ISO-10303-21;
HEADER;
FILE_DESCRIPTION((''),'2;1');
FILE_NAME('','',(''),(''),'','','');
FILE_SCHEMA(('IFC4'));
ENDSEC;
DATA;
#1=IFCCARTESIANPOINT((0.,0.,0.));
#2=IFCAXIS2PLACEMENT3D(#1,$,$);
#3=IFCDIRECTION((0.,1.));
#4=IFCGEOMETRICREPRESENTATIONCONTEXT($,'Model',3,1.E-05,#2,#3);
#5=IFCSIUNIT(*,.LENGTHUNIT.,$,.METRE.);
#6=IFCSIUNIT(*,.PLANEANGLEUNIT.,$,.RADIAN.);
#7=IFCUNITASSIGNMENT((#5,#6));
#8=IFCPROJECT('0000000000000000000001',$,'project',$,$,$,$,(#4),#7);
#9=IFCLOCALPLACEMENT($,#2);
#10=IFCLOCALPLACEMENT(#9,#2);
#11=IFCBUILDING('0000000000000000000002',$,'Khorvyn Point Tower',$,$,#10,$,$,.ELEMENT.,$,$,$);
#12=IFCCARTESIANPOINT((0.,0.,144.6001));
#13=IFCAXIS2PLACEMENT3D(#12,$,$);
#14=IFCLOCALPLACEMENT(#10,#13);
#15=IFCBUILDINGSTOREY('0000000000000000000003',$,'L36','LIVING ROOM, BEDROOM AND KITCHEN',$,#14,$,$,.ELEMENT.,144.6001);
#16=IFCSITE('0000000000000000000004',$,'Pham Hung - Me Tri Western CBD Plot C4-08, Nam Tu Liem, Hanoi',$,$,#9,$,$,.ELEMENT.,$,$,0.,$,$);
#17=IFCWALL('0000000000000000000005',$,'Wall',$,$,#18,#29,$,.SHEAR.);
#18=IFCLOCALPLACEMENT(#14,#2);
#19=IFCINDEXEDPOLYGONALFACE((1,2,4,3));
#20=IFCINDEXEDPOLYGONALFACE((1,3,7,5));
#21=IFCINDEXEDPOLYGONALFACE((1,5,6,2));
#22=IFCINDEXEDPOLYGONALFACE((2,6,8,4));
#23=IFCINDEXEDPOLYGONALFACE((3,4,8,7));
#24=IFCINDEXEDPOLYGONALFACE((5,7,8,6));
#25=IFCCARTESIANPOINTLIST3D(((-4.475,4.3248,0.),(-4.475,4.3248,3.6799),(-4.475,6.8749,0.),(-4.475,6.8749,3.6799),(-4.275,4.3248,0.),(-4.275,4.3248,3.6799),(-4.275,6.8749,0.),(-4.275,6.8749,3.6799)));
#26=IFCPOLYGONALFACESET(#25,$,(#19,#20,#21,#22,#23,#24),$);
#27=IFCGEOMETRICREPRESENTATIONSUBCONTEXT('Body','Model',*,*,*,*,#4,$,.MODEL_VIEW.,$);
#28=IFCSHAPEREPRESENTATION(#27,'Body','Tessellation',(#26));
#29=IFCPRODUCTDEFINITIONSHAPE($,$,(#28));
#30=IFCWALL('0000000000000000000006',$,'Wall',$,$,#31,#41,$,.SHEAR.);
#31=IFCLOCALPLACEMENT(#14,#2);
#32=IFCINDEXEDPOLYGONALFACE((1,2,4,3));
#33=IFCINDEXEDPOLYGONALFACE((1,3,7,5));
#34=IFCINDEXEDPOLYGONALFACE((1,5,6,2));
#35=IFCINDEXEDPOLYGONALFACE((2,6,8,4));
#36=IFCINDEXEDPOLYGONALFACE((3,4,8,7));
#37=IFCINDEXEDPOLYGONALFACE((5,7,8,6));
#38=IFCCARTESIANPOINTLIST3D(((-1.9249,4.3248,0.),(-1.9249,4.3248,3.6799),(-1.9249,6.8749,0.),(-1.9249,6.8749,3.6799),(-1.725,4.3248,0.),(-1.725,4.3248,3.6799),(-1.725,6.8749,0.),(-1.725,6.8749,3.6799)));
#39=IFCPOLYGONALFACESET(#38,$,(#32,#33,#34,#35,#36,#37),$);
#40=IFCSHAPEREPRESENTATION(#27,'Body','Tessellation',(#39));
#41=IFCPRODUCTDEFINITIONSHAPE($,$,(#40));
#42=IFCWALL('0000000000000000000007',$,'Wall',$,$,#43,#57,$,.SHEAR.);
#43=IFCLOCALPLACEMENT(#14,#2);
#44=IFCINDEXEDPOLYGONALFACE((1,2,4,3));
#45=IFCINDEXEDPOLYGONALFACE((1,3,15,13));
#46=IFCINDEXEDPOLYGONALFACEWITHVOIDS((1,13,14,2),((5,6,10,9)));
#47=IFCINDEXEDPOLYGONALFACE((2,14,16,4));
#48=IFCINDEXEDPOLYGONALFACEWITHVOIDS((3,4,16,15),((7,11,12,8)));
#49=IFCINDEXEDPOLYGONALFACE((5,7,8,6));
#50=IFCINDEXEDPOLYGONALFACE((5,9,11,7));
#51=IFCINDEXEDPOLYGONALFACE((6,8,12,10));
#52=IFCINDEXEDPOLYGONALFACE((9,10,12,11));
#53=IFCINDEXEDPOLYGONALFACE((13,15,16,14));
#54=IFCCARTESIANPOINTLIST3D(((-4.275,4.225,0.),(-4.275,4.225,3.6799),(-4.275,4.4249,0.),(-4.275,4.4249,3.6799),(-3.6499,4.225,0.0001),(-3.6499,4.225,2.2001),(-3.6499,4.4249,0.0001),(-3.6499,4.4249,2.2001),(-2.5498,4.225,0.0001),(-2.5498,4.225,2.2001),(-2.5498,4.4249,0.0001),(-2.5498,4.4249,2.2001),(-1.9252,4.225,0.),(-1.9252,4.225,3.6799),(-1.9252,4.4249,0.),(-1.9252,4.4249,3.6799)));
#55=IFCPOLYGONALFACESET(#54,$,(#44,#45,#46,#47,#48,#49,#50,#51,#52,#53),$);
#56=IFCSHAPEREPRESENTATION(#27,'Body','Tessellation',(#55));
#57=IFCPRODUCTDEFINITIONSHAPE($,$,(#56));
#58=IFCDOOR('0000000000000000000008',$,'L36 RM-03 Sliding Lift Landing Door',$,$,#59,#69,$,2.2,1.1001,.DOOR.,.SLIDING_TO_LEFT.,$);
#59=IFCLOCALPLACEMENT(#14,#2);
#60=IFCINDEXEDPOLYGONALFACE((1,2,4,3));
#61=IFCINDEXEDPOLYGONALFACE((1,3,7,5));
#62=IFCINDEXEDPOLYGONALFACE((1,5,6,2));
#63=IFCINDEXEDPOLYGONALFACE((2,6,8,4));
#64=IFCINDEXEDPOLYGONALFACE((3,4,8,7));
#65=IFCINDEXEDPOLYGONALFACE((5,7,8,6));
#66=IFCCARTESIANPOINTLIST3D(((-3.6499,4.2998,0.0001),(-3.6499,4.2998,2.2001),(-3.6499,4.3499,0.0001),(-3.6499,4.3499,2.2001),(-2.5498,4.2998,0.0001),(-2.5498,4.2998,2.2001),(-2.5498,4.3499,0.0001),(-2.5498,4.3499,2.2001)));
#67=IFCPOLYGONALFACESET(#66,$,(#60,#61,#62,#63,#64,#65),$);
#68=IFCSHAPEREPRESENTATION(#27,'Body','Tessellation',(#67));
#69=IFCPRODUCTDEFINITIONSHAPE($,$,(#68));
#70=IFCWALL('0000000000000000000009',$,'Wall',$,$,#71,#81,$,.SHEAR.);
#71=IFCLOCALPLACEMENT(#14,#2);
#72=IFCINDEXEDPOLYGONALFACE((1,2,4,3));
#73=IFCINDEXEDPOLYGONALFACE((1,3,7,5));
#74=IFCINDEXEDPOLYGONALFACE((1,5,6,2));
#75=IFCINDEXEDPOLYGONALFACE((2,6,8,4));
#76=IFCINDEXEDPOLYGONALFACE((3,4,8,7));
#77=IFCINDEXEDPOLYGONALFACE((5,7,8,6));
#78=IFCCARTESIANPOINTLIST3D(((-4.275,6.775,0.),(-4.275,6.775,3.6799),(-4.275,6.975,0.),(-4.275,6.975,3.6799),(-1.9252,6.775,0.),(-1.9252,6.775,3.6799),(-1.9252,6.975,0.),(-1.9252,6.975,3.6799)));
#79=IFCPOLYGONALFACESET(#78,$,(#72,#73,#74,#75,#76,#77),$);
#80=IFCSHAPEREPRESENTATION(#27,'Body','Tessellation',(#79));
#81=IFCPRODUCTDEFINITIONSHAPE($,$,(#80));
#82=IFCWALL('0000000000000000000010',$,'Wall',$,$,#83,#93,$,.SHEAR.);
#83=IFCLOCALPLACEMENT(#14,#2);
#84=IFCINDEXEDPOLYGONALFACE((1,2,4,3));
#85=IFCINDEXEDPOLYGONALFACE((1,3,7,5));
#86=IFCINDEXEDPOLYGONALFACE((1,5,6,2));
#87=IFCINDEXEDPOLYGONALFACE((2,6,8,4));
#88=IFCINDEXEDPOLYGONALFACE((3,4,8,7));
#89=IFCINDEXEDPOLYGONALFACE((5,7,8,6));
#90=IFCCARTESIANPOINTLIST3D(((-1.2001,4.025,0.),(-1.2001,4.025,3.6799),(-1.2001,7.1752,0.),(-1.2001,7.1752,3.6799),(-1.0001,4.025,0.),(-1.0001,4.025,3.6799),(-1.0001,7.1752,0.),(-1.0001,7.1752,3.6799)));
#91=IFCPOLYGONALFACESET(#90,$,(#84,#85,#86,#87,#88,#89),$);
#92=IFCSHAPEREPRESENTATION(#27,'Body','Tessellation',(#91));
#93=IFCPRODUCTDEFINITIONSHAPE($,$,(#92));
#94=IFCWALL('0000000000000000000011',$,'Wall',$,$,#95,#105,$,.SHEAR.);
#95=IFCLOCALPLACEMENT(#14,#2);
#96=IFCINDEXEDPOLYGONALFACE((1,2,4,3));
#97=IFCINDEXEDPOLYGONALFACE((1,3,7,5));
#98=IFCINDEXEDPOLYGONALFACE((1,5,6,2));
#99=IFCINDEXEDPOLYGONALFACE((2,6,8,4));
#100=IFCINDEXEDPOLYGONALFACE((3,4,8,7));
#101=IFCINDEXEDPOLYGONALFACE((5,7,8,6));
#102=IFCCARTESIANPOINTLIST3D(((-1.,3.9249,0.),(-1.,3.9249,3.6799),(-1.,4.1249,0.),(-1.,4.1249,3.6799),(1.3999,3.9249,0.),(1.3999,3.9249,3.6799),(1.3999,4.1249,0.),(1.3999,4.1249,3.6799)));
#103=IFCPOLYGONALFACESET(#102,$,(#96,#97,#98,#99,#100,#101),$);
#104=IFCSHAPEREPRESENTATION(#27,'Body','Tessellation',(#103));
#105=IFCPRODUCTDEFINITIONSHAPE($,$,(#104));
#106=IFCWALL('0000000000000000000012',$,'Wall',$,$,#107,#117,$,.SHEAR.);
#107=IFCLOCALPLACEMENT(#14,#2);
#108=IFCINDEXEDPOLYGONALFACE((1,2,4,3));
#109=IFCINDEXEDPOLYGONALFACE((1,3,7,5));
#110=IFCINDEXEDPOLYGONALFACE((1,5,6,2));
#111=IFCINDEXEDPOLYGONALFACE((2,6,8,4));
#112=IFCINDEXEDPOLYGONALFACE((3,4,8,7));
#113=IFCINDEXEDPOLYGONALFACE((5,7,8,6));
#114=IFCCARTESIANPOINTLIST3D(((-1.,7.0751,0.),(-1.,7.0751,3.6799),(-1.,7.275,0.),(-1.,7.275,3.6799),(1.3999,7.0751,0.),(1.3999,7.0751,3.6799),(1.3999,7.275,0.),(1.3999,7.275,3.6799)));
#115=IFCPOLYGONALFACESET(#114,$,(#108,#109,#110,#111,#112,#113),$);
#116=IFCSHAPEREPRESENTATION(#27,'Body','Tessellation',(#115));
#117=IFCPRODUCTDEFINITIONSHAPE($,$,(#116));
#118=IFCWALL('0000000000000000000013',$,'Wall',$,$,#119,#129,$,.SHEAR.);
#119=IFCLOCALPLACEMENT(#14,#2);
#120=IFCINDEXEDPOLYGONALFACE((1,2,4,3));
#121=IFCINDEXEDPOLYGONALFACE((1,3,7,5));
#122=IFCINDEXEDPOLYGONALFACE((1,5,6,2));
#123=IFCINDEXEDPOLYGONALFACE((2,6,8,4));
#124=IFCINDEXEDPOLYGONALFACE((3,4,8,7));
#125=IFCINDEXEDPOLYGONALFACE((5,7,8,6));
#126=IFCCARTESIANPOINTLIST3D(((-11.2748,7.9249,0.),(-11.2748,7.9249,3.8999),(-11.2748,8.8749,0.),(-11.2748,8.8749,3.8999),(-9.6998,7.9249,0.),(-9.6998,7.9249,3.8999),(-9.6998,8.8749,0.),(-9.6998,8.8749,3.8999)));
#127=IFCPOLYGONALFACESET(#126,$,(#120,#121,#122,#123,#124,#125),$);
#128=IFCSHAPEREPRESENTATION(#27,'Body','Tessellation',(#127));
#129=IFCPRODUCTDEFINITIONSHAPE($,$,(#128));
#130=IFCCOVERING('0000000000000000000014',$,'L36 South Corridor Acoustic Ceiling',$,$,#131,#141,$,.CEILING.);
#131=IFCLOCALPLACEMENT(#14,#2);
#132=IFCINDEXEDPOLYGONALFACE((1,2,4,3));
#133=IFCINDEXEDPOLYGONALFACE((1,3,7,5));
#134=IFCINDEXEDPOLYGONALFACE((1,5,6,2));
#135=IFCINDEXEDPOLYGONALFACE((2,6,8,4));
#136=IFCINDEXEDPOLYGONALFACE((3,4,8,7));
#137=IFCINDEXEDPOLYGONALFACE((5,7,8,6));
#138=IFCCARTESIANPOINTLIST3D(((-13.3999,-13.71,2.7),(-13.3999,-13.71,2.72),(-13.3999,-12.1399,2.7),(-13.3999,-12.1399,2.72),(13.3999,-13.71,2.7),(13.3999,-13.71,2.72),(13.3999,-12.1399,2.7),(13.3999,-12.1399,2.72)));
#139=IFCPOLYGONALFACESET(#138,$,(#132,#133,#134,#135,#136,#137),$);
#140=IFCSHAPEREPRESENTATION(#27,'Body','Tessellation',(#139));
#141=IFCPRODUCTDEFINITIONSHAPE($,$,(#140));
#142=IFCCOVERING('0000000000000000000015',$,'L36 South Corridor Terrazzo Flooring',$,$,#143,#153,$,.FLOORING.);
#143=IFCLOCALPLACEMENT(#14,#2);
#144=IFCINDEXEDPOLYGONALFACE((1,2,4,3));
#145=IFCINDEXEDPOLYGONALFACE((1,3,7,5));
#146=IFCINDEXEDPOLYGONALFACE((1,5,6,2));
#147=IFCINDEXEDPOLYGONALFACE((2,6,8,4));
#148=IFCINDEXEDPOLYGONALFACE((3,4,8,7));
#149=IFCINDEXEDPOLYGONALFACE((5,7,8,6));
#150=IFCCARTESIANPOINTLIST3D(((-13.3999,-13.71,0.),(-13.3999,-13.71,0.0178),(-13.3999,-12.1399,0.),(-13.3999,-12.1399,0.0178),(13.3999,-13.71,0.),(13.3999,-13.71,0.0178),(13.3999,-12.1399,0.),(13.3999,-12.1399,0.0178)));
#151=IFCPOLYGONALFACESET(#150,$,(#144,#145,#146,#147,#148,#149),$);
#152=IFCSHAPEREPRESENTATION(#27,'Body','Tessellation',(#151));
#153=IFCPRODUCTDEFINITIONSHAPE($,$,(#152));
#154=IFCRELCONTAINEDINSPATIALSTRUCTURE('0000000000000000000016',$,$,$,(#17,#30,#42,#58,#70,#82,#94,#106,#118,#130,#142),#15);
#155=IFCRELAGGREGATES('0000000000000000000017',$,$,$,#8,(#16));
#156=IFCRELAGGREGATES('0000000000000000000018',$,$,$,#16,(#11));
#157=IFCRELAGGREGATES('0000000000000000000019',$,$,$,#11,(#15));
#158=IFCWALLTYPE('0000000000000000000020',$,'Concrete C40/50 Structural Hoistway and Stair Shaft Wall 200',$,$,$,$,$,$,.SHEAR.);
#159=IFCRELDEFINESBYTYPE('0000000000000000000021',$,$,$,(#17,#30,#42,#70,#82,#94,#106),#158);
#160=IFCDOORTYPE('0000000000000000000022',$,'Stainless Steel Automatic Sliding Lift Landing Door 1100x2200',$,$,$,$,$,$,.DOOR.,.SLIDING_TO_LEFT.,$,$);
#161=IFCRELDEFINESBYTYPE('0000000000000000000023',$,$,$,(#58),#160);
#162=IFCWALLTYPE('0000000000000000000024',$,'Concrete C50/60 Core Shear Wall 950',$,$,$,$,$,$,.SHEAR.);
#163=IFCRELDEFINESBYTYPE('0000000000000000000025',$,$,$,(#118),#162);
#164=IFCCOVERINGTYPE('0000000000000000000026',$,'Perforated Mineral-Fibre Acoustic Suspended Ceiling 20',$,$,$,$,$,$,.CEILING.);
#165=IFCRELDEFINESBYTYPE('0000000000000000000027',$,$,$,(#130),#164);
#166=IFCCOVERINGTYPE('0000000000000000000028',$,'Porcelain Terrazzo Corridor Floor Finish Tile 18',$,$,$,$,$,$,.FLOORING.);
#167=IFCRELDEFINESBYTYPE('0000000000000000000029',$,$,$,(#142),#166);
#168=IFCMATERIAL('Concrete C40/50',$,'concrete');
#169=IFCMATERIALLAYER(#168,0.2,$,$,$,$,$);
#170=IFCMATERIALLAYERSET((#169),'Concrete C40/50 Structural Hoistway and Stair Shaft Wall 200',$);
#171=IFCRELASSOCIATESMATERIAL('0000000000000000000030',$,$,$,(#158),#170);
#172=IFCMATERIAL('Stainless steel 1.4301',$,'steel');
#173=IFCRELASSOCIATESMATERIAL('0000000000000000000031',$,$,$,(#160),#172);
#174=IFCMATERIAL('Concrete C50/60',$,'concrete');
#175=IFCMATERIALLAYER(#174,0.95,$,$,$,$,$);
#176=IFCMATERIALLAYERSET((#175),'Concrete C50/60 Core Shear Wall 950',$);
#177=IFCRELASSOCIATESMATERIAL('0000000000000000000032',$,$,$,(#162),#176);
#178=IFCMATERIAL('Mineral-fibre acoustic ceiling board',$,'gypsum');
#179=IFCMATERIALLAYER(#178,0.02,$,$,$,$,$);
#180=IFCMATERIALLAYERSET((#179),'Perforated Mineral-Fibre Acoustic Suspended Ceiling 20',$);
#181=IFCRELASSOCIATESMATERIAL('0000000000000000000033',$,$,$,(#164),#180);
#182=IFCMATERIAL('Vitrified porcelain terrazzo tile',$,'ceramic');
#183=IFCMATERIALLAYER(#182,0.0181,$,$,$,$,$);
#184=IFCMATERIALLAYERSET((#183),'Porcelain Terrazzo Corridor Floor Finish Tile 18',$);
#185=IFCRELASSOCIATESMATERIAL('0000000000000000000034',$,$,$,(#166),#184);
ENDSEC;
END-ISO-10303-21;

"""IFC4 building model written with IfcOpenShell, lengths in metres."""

from ifc_helpers import new_model, si_unit, direction, frame, frame_2d, origin, place, context, subcontext, project, spatial, polyline, rectangle, outline, extrude, material, layer, layer_set, type_object, element, fill, save


model = new_model("IFC4")

# Units and contexts
model_context = context("Model", 3, precision=1e-05, world=origin(), true_north=direction((0.0, 1.0)))
body_context = subcontext(model_context, "Body", "Model", "MODEL_VIEW")
ifc_project = project(units=[si_unit("LENGTHUNIT", "METRE"), si_unit("PLANEANGLEUNIT", "RADIAN")], contexts=[model_context])

# Site, building, storey
site_placement = place(None, origin())
site = spatial("IfcSite", under=ifc_project, at=site_placement, Name="Pham Hung - Me Tri Western CBD Plot C4-08, Nam Tu Liem, Hanoi", CompositionType="ELEMENT", RefElevation=0.0)
building_placement = place(site_placement, origin())
building = spatial("IfcBuilding", under=site, at=building_placement, Name="Khorvyn Point Tower", CompositionType="ELEMENT")
storey_placement = place(building_placement, frame((0.0, 0.0, 144.6001)))
storey = spatial("IfcBuildingStorey", under=building, at=storey_placement, Name="L36", Description="LIVING ROOM, BEDROOM AND KITCHEN", CompositionType="ELEMENT", Elevation=144.6001)

# Shared definitions
ifc_material_1 = material(Name="Concrete C40/50", Category="concrete")

# Shared definitions
ifc_material_2 = material(Name="Concrete C50/60", Category="concrete")

# Shared definitions
ifc_layer_1 = layer(ifc_material_1, 0.2)
ifc_layer_set_1 = layer_set([ifc_layer_1], Name="Concrete C40/50 Structural Hoistway and Stair Shaft Wall 200")
wall_type_1 = type_object("IfcWallType", Name="Concrete C40/50 Structural Hoistway and Stair Shaft Wall 200", PredefinedType="SHEAR", material=ifc_layer_set_1)
ifc_material_3 = material(Name="Stainless steel 1.4301", Category="steel")
door_type_1 = type_object("IfcDoorType", Name="Stainless Steel Automatic Sliding Lift Landing Door 1100x2200", OperationType="SLIDING_TO_LEFT", PredefinedType="DOOR", material=ifc_material_3)

# Walls
for number, where, z_axis, x_axis, name in (
    (1, (-4.375, 4.325, 0.0), (0.0, 0.0, 1.0), (0.0, 1.0, 0.0), "Wall"),
    (2, (-1.825, 4.325, 0.0), (0.0, 0.0, 1.0), (0.0, 1.0, 0.0), "Wall"),
):
    element("IfcWall", number, at=place(storey_placement, frame(where, z_axis=z_axis, x_axis=x_axis)), inside=storey, type_object=wall_type_1, Name=name, PredefinedType="SHEAR", context=body_context, shape_type="SweptSolid", body=[
        extrude(rectangle(XDim=2.55, YDim=0.2, at=frame_2d((1.2749, 0.0))), origin(), (0.0, 0.0, 1.0), 3.6799),
    ])

# Wall, opening, door
wall_1_placement = place(storey_placement, frame((-4.2749, 4.325, 0.0), z_axis=(0.0, 0.0, 1.0), x_axis=(1.0, 0.0, 0.0)))
wall_1 = element("IfcWall", 3, at=wall_1_placement, inside=storey, type_object=wall_type_1, Name="Wall", PredefinedType="SHEAR", context=body_context, shape_type="SweptSolid", body=[
    extrude(rectangle(XDim=2.3499, YDim=0.2, at=frame_2d((1.1748, 0.0))), origin(), (0.0, 0.0, 1.0), 3.6799),
])
opening_1_placement = place(wall_1_placement, frame((0.625, 0.0, 0.0)))
opening_1 = element("IfcOpeningElement", 4, at=opening_1_placement, cuts=wall_1, PredefinedType="OPENING", context=body_context, shape_type="SweptSolid", body=[
    extrude(rectangle(XDim=1.1001, YDim=2.2, at=frame_2d((0.55, 1.1001))), frame((0.0, 0.1099, 0.0), z_axis=(0.0, -1.0, 0.0), x_axis=(1.0, 0.0, 0.0)), (0.0, 0.0, 1.0), 0.22),
])
door_1_placement = place(opening_1_placement, origin())
door_1 = element("IfcDoor", 5, at=door_1_placement, inside=storey, type_object=door_type_1, Name="L36 RM-03 Sliding Lift Landing Door", OperationType="SLIDING_TO_LEFT", OverallHeight=2.2, OverallWidth=1.1001, PredefinedType="DOOR", context=body_context, shape_type="SweptSolid", body=[
    extrude(rectangle(XDim=1.1001, YDim=2.2, at=frame_2d((0.55, 1.1001))), frame((0.0, 0.0249, 0.0), z_axis=(0.0, -1.0, 0.0), x_axis=(1.0, 0.0, 0.0)), (0.0, 0.0, 1.0), 0.05),
])
fill(opening_1, door_1)

# Walls
wall_2_placement = place(storey_placement, frame((-4.2749, 6.875, 0.0), z_axis=(0.0, 0.0, 1.0), x_axis=(1.0, 0.0, 0.0)))
element("IfcWall", 6, at=wall_2_placement, inside=storey, type_object=wall_type_1, Name="Wall", PredefinedType="SHEAR", context=body_context, shape_type="SweptSolid", body=[
    extrude(rectangle(XDim=2.3499, YDim=0.2, at=frame_2d((1.1748, 0.0))), origin(), (0.0, 0.0, 1.0), 3.6799),
])
wall_3_placement = place(storey_placement, frame((-1.1001, 4.0249, 0.0), z_axis=(0.0, 0.0, 1.0), x_axis=(0.0, 1.0, 0.0)))
element("IfcWall", 7, at=wall_3_placement, inside=storey, type_object=wall_type_1, Name="Wall", PredefinedType="SHEAR", context=body_context, shape_type="SweptSolid", body=[
    extrude(rectangle(XDim=3.1501, YDim=0.2, at=frame_2d((1.5752, 0.0))), origin(), (0.0, 0.0, 1.0), 3.6799),
])
for number, where, z_axis, x_axis, name in (
    (8, (-1.0, 4.0249, 0.0), (0.0, 0.0, 1.0), (1.0, 0.0, 0.0), "Wall"),
    (9, (-1.0, 7.175, 0.0), (0.0, 0.0, 1.0), (1.0, 0.0, 0.0), "Wall"),
):
    element("IfcWall", number, at=place(storey_placement, frame(where, z_axis=z_axis, x_axis=x_axis)), inside=storey, type_object=wall_type_1, Name=name, PredefinedType="SHEAR", context=body_context, shape_type="SweptSolid", body=[
        extrude(rectangle(XDim=2.3999, YDim=0.2, at=frame_2d((1.2, 0.0))), origin(), (0.0, 0.0, 1.0), 3.6799),
    ])
ifc_layer_2 = layer(ifc_material_2, 0.95)
ifc_layer_set_2 = layer_set([ifc_layer_2], Name="Concrete C50/60 Core Shear Wall 950")
wall_type_2 = type_object("IfcWallType", Name="Concrete C50/60 Core Shear Wall 950", PredefinedType="SHEAR", material=ifc_layer_set_2)
wall_4_placement = place(storey_placement, frame((-11.2749, 8.3999, 0.0), z_axis=(0.0, 0.0, 1.0), x_axis=(1.0, 0.0, 0.0)))
element("IfcWall", 10, at=wall_4_placement, inside=storey, type_object=wall_type_2, Name="Wall", PredefinedType="SHEAR", context=body_context, shape_type="SweptSolid", body=[
    extrude(rectangle(XDim=1.575, YDim=0.95, at=frame_2d((0.7876, 0.0))), origin(), (0.0, 0.0, 1.0), 3.8999),
])

# Coverings
ifc_material_4 = material(Name="Mineral-fibre acoustic ceiling board", Category="gypsum")
ifc_layer_3 = layer(ifc_material_4, 0.02)
ifc_layer_set_3 = layer_set([ifc_layer_3], Name="Perforated Mineral-Fibre Acoustic Suspended Ceiling 20")
covering_type_1 = type_object("IfcCoveringType", Name="Perforated Mineral-Fibre Acoustic Suspended Ceiling 20", PredefinedType="CEILING", material=ifc_layer_set_3)
covering_1_placement = place(storey_placement, frame((0.0, 0.0, 2.7)))
element("IfcCovering", 11, at=covering_1_placement, inside=storey, type_object=covering_type_1, Name="L36 South Corridor Acoustic Ceiling", PredefinedType="CEILING", context=body_context, shape_type="SweptSolid", body=[
    extrude(outline(polyline([(-13.3999, -13.71), (13.3999, -13.71), (13.3999, -12.1399), (-13.3999, -12.1399), (-13.3999, -13.71)])), origin(), (0.0, 0.0, 1.0), 0.02),
])
ifc_material_5 = material(Name="Vitrified porcelain terrazzo tile", Category="ceramic")
ifc_layer_4 = layer(ifc_material_5, 0.0181)
ifc_layer_set_4 = layer_set([ifc_layer_4], Name="Porcelain Terrazzo Corridor Floor Finish Tile 18")
covering_type_2 = type_object("IfcCoveringType", Name="Porcelain Terrazzo Corridor Floor Finish Tile 18", PredefinedType="FLOORING", material=ifc_layer_set_4)
covering_2_placement = place(storey_placement, origin())
element("IfcCovering", 12, at=covering_2_placement, inside=storey, type_object=covering_type_2, Name="L36 South Corridor Terrazzo Flooring", PredefinedType="FLOORING", context=body_context, shape_type="SweptSolid", body=[
    extrude(outline(polyline([(-13.3999, -13.71), (13.3999, -13.71), (13.3999, -12.1399), (-13.3999, -12.1399), (-13.3999, -13.71)])), origin(), (0.0, 0.0, 1.0), 0.0178),
])

save(model, "model.ifc")
